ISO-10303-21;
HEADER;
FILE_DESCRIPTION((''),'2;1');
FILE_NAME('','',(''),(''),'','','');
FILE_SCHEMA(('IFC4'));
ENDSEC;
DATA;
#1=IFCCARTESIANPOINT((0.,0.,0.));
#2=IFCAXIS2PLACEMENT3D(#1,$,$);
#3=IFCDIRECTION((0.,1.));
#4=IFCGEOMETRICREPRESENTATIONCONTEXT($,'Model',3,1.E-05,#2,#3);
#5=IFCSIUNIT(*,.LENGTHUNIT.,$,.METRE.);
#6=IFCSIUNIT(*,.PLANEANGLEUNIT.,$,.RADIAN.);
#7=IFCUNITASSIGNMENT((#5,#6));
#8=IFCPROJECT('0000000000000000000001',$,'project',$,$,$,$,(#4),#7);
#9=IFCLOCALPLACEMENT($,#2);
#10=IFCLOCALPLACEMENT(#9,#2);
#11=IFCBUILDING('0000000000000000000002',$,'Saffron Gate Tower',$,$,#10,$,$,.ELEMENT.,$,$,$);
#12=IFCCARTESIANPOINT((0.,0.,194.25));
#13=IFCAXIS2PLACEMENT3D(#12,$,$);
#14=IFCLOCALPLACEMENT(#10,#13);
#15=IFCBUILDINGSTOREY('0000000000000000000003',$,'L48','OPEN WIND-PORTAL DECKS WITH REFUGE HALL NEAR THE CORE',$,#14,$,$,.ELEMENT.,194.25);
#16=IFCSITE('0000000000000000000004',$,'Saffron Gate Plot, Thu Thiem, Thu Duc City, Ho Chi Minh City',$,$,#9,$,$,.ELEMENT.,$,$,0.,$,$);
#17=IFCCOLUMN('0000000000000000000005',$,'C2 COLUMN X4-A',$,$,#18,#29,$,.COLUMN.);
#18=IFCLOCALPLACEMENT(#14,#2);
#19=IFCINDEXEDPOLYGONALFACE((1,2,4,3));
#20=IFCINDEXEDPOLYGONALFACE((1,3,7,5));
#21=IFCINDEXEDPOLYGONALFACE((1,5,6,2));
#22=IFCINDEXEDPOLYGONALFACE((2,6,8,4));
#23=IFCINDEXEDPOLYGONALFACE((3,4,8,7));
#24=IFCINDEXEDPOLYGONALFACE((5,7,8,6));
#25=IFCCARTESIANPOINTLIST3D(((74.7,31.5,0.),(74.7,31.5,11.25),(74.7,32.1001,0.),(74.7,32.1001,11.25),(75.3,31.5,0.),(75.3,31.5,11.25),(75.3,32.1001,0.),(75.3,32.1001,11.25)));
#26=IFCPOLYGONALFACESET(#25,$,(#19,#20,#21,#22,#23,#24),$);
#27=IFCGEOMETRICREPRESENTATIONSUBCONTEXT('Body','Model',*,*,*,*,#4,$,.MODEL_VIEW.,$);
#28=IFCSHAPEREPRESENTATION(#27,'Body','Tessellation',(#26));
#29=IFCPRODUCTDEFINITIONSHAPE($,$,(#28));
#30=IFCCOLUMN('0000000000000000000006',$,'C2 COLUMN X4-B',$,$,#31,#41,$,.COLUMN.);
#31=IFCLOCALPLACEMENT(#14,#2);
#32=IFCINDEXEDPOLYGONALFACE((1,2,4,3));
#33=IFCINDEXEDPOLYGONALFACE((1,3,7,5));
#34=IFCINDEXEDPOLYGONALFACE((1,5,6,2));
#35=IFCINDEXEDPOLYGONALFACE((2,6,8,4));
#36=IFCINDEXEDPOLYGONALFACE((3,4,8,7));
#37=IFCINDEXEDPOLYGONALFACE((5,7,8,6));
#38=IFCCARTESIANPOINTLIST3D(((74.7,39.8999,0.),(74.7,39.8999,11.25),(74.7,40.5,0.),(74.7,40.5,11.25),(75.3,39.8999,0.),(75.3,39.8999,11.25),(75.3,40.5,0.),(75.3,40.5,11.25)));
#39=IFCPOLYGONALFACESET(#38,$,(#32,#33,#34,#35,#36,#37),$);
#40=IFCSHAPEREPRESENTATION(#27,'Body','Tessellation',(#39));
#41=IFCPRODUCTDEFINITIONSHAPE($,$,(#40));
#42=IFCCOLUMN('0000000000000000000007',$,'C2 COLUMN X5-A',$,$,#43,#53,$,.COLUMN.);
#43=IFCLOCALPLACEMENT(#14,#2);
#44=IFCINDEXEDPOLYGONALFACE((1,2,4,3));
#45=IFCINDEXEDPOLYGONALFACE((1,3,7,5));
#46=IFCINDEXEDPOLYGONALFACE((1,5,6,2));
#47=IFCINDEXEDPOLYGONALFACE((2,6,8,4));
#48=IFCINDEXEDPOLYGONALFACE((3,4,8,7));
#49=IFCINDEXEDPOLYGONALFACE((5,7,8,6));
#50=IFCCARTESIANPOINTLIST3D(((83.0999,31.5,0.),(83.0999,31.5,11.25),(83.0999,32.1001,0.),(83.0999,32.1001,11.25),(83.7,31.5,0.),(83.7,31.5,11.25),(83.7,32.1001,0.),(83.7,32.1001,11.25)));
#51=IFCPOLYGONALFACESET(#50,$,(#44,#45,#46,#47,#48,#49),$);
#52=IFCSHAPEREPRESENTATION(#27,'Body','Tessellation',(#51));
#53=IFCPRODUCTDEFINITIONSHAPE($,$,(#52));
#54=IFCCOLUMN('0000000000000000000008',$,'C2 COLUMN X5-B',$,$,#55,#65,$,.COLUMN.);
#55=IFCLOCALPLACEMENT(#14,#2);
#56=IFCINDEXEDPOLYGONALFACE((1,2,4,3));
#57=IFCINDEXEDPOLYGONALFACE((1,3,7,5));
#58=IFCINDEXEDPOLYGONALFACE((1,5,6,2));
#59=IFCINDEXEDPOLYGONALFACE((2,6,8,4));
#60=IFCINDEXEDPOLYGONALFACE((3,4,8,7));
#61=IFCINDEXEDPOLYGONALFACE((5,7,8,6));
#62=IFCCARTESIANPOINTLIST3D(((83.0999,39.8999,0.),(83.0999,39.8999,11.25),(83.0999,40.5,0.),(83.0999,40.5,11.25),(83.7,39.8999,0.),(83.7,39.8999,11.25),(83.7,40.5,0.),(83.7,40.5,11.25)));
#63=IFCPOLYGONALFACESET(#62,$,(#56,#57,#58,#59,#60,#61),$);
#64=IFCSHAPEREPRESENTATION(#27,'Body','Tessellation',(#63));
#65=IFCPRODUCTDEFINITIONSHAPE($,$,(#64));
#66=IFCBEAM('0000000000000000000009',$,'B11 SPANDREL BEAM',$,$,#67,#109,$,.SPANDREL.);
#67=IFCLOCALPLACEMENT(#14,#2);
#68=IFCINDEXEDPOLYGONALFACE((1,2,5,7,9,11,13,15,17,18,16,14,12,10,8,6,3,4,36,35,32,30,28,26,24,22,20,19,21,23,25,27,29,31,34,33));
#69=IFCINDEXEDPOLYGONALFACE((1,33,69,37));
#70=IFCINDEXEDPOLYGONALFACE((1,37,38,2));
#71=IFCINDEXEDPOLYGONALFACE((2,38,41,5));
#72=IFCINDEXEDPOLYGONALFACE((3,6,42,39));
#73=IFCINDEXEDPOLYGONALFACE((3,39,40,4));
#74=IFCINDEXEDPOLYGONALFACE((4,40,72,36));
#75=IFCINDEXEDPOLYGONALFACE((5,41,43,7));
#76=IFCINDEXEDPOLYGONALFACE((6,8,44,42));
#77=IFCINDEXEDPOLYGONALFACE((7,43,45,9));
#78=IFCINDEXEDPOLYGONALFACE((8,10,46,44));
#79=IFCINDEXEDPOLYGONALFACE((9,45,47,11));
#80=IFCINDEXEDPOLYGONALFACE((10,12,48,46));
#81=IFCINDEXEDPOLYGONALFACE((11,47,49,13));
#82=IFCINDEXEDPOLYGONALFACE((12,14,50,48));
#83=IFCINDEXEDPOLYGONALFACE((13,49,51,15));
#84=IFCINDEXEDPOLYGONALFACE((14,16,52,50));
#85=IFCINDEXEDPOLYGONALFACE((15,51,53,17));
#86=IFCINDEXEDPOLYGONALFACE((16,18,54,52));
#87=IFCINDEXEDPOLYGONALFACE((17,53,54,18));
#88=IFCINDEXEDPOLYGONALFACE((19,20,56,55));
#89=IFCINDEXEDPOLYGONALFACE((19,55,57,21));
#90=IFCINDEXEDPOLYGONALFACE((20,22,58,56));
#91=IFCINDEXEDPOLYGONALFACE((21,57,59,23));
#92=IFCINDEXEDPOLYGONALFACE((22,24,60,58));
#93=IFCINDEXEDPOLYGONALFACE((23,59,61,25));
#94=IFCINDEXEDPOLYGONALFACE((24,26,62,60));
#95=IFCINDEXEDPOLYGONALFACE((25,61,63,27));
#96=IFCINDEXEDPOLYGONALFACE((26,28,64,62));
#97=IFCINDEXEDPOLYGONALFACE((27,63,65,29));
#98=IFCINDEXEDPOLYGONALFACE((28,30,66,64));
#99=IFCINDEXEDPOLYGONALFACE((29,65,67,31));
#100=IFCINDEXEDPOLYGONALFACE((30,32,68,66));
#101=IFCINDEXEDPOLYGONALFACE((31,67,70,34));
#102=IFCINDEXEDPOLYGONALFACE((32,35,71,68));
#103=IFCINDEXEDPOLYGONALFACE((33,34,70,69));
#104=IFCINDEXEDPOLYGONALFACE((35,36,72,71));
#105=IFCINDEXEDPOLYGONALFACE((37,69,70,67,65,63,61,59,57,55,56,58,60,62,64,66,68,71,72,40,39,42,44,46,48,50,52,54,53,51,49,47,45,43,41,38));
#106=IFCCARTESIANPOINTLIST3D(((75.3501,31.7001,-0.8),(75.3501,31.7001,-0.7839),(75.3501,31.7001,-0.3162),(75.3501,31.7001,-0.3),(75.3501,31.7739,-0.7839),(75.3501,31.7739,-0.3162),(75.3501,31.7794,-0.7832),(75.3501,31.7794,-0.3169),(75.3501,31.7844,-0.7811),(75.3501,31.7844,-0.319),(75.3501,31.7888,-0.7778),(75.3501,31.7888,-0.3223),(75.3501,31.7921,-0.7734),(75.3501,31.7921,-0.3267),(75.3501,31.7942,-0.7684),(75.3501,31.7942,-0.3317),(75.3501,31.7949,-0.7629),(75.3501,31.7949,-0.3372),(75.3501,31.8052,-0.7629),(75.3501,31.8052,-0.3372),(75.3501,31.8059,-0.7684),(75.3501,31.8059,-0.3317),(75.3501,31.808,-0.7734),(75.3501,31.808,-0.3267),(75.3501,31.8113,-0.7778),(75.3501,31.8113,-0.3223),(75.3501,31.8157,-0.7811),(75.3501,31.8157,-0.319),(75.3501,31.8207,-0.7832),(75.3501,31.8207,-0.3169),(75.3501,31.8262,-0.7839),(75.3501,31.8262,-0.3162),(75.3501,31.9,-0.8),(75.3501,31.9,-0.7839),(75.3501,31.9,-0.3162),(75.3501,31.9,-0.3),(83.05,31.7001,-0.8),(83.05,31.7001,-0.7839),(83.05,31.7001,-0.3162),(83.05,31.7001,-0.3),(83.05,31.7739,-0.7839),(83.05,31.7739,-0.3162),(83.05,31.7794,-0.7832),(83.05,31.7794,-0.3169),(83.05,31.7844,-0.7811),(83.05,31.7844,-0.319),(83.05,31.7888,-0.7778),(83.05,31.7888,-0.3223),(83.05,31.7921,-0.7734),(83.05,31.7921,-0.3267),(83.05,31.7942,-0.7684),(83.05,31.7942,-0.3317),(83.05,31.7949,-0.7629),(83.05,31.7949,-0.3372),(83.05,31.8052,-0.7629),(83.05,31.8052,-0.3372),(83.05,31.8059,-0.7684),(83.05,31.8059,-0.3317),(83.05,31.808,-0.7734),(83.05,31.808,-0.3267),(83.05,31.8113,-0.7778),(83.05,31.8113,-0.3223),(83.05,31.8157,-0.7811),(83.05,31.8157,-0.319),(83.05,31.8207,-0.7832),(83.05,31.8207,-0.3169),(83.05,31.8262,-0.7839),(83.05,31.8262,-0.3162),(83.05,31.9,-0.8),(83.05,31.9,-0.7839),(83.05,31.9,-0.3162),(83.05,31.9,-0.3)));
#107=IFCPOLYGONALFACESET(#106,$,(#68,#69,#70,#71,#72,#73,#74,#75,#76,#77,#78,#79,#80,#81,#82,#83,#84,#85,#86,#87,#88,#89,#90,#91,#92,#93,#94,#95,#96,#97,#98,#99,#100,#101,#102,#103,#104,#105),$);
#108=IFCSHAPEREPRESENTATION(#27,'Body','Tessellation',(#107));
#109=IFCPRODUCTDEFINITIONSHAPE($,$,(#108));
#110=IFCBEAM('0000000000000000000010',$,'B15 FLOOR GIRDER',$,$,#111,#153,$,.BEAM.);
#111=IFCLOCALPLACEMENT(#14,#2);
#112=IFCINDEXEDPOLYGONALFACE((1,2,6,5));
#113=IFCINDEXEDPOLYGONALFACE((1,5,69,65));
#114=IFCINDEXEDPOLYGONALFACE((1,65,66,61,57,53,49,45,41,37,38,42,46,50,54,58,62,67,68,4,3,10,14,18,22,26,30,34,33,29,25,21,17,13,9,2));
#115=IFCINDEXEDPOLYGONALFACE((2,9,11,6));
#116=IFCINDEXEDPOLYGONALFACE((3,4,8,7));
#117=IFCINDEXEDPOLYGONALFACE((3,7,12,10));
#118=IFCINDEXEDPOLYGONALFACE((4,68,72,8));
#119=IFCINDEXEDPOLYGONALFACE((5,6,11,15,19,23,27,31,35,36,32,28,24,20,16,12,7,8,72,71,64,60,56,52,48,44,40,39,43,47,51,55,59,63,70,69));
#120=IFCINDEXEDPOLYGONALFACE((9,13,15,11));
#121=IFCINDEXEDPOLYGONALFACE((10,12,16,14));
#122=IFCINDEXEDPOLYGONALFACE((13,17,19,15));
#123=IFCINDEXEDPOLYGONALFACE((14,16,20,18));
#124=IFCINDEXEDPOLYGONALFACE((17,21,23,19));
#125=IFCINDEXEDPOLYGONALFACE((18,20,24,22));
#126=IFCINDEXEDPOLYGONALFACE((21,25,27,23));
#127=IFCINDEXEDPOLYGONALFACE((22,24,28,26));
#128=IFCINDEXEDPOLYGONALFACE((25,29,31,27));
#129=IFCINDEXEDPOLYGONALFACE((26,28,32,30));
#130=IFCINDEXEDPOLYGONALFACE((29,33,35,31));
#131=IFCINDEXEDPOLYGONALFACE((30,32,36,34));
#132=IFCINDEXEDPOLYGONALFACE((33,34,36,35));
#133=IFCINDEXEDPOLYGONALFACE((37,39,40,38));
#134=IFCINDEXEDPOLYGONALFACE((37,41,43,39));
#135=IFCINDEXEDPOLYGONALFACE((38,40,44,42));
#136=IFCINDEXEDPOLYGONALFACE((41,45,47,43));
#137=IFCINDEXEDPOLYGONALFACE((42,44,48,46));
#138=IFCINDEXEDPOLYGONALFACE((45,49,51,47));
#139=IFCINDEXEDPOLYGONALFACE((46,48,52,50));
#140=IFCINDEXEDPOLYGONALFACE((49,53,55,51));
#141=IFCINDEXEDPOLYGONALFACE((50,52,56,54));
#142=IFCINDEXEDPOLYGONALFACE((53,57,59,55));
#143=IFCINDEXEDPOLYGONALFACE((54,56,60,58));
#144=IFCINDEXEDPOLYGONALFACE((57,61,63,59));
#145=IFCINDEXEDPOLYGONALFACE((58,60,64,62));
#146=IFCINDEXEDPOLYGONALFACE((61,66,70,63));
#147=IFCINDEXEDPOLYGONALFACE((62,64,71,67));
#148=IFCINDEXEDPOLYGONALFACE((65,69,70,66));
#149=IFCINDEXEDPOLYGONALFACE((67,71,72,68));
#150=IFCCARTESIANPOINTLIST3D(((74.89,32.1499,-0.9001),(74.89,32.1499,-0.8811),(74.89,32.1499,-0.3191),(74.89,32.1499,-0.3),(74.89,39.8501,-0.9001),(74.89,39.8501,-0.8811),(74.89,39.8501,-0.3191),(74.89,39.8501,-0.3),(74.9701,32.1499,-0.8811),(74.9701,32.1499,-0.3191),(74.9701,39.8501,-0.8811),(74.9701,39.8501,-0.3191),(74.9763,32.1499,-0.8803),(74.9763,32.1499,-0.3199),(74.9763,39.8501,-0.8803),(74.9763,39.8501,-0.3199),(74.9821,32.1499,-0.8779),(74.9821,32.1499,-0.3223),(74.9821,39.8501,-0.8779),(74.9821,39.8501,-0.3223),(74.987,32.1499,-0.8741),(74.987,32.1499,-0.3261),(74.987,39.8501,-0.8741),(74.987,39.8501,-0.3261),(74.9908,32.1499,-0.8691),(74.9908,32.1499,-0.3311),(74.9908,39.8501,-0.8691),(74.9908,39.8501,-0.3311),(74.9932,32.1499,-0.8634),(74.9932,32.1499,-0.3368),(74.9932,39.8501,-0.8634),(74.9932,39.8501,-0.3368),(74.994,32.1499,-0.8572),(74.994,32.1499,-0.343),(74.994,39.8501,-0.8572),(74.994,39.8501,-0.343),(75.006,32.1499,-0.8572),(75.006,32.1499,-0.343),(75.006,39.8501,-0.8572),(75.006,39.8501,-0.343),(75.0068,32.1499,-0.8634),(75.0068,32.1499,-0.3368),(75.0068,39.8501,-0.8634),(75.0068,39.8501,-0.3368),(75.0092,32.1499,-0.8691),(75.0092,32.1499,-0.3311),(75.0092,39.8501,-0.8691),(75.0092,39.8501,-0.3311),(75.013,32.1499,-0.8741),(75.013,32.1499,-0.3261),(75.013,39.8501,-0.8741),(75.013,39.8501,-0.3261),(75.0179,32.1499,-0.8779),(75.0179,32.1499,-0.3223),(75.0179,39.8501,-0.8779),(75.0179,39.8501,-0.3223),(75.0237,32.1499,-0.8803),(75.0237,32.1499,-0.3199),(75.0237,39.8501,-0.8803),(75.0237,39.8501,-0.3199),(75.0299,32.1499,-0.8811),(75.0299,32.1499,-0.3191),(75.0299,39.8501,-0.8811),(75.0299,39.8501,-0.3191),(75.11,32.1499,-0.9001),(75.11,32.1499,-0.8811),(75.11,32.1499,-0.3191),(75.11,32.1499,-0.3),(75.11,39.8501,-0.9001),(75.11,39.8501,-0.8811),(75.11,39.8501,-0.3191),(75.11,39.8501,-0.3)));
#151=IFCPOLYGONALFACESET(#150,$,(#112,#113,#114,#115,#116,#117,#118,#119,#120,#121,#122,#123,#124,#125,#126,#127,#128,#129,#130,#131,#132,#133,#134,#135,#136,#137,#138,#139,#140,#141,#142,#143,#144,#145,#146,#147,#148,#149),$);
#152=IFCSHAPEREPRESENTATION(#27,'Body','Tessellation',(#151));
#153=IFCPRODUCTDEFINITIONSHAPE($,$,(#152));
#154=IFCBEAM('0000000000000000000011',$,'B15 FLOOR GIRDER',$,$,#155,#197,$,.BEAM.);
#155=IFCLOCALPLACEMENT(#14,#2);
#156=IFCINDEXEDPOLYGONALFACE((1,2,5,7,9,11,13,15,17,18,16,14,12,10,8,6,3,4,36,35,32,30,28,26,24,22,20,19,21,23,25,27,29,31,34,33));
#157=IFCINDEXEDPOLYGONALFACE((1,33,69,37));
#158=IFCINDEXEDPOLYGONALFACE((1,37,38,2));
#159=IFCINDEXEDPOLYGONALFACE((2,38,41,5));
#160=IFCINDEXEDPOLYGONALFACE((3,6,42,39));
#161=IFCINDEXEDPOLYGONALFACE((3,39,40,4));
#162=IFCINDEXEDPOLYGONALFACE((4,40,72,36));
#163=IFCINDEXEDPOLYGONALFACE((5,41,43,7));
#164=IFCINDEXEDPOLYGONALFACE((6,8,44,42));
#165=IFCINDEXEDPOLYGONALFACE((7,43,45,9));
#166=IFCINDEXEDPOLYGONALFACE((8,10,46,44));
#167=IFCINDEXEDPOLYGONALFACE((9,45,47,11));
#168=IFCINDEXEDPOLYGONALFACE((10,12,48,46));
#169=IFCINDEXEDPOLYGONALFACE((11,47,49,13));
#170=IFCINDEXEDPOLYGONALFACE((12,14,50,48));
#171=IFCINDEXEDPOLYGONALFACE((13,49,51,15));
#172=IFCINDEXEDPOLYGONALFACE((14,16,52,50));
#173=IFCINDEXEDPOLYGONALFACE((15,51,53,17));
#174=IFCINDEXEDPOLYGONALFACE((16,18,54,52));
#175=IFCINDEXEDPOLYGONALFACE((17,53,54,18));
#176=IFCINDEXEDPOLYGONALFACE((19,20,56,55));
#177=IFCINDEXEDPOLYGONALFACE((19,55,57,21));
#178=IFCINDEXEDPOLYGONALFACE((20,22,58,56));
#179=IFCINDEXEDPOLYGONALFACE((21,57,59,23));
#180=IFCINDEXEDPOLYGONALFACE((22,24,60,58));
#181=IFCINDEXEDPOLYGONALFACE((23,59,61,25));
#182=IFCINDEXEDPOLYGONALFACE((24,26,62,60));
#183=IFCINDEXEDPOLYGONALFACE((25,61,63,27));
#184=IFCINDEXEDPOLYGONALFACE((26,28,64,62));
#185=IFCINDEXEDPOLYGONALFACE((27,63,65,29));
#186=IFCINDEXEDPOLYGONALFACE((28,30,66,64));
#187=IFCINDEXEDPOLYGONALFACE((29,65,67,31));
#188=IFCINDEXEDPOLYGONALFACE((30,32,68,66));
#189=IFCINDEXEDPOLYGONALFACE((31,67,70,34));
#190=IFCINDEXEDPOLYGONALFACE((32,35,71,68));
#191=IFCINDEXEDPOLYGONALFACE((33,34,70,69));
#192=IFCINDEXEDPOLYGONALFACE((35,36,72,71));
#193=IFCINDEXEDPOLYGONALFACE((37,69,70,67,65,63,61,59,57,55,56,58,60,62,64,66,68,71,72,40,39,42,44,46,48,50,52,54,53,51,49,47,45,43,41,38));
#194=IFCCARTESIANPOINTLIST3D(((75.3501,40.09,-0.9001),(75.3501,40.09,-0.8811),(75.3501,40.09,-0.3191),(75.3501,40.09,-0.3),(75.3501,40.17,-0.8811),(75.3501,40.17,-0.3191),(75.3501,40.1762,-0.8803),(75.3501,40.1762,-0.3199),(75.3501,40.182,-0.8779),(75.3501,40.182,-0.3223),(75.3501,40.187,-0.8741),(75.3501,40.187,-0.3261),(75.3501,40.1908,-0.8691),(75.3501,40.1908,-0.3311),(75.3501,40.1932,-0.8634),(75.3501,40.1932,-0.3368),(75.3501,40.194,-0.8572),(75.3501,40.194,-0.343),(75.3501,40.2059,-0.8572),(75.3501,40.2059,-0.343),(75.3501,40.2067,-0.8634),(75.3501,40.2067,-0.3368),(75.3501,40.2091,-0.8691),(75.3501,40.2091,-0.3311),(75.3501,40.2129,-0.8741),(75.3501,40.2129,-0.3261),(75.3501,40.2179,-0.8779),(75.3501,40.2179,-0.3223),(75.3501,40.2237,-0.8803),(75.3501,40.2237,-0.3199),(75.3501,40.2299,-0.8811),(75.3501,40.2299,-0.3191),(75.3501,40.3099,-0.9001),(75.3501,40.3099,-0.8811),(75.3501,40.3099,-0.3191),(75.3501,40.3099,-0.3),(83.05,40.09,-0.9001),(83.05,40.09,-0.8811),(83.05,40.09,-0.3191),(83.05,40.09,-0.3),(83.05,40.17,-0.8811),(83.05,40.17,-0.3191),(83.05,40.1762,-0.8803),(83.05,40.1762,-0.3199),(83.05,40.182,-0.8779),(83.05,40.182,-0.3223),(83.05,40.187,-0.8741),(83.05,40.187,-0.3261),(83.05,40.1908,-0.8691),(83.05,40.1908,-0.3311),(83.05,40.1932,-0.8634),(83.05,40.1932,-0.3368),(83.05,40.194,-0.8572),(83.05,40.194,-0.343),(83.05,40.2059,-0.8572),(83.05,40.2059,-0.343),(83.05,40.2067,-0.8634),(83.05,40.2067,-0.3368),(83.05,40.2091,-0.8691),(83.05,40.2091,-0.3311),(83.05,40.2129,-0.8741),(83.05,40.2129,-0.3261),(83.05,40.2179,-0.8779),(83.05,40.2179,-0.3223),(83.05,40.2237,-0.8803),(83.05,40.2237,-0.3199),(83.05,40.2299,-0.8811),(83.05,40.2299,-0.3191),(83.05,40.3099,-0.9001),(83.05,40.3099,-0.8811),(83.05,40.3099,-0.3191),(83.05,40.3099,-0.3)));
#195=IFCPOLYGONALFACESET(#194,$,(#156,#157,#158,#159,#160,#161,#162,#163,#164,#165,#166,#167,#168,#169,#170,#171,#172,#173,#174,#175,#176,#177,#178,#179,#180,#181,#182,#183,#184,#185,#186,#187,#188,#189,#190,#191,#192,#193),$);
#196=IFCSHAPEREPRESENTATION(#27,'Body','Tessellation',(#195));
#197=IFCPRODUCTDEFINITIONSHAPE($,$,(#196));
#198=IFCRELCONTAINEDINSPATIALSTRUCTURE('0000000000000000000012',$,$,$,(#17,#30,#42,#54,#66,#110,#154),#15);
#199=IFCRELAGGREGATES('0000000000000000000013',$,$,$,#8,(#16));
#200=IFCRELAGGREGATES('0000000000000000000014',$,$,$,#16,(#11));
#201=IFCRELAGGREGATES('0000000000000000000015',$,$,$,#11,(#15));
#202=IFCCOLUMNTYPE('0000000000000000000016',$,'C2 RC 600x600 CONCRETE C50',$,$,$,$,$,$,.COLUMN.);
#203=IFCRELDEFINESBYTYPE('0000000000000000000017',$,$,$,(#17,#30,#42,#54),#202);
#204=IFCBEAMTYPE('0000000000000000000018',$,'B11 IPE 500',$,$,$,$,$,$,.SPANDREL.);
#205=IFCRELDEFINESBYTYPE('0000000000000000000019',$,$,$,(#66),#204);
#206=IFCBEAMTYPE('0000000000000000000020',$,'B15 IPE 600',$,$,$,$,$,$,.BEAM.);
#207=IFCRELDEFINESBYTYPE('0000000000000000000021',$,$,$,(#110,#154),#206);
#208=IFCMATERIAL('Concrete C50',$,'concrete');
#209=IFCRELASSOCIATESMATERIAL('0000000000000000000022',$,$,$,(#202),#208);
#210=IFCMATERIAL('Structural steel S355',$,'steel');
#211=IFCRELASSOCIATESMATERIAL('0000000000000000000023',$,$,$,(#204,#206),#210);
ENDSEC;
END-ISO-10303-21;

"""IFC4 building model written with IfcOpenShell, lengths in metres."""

from ifc_helpers import new_model, si_unit, direction, frame, origin, origin_2d, place, context, subcontext, project, spatial, rectangle, i_section, extrude, material, material_profile, profile_set, type_object, element, save


model = new_model("IFC4")

# Units and contexts
model_context = context("Model", 3, precision=1e-05, world=origin(), true_north=direction((0.0, 1.0)))
body_context = subcontext(model_context, "Body", "Model", "MODEL_VIEW")
ifc_project = project(units=[si_unit("LENGTHUNIT", "METRE"), si_unit("PLANEANGLEUNIT", "RADIAN")], contexts=[model_context])

# Site, building, storey
site_placement = place(None, origin())
site = spatial("IfcSite", under=ifc_project, at=site_placement, Name="Saffron Gate Plot, Thu Thiem, Thu Duc City, Ho Chi Minh City", CompositionType="ELEMENT", RefElevation=0.0)
building_placement = place(site_placement, origin())
building = spatial("IfcBuilding", under=site, at=building_placement, Name="Saffron Gate Tower", CompositionType="ELEMENT")
storey_placement = place(building_placement, frame((0.0, 0.0, 194.25)))
storey = spatial("IfcBuildingStorey", under=building, at=storey_placement, Name="L48", Description="OPEN WIND-PORTAL DECKS WITH REFUGE HALL NEAR THE CORE", CompositionType="ELEMENT", Elevation=194.25)

# Columns
ifc_material_1 = material(Name="Concrete C50", Category="concrete")
ifc_material_profile_1 = material_profile(ifc_material_1, rectangle(XDim=0.6001, YDim=0.6001, at=origin_2d()))
ifc_profile_set_1 = profile_set([ifc_material_profile_1], Name="Concrete C50")
column_type = type_object("IfcColumnType", Name="C2 RC 600x600 CONCRETE C50", PredefinedType="COLUMN", material=ifc_profile_set_1)
for number, where, z_axis, x_axis, name in (
    (1, (75.0, 31.8, 0.0), (0.0, 0.0, 1.0), (1.0, 0.0, 0.0), "C2 COLUMN X4-A"),
    (2, (75.0, 40.2, 0.0), (0.0, 0.0, 1.0), (1.0, 0.0, 0.0), "C2 COLUMN X4-B"),
    (3, (83.3999, 31.8, 0.0), (0.0, 0.0, 1.0), (1.0, 0.0, 0.0), "C2 COLUMN X5-A"),
    (4, (83.3999, 40.2, 0.0), (0.0, 0.0, 1.0), (1.0, 0.0, 0.0), "C2 COLUMN X5-B"),
):
    element("IfcColumn", number, at=place(storey_placement, frame(where, z_axis=z_axis, x_axis=x_axis)), inside=storey, type_object=column_type, Name=name, PredefinedType="COLUMN", context=body_context, shape_type="SweptSolid", body=[
        extrude(rectangle(XDim=0.6001, YDim=0.6001, at=origin_2d()), origin(), (0.0, 0.0, 1.0), 11.25),
    ])

# Beams
ifc_material_2 = material(Name="Structural steel S355", Category="steel")
ifc_material_profile_2 = material_profile(ifc_material_2, i_section(OverallWidth=0.2, OverallDepth=0.5, WebThickness=0.0103, FlangeThickness=0.0161, FilletRadius=0.021, at=origin_2d()))
ifc_profile_set_2 = profile_set([ifc_material_profile_2], Name="Structural steel S355")
beam_type_1 = type_object("IfcBeamType", Name="B11 IPE 500", PredefinedType="SPANDREL", material=ifc_profile_set_2)
beam_1_placement = place(storey_placement, frame((75.3501, 31.8, -0.55), z_axis=(1.0, 0.0, 0.0), x_axis=(0.0, 1.0, 0.0)))
element("IfcBeam", 5, at=beam_1_placement, inside=storey, type_object=beam_type_1, Name="B11 SPANDREL BEAM", PredefinedType="SPANDREL", context=body_context, shape_type="SweptSolid", body=[
    extrude(i_section(OverallWidth=0.2, OverallDepth=0.5, WebThickness=0.0103, FlangeThickness=0.0161, FilletRadius=0.021, at=origin_2d()), origin(), (0.0, 0.0, 1.0), 7.7),
])
ifc_material_profile_3 = material_profile(ifc_material_2, i_section(OverallWidth=0.22, OverallDepth=0.6001, WebThickness=0.012, FlangeThickness=0.019, FilletRadius=0.0239, at=origin_2d()))
ifc_profile_set_3 = profile_set([ifc_material_profile_3], Name="Structural steel S355")
beam_type_2 = type_object("IfcBeamType", Name="B15 IPE 600", PredefinedType="BEAM", material=ifc_profile_set_3)
beam_2_placement = place(storey_placement, frame((75.0, 32.1499, -0.6001), z_axis=(0.0, 1.0, 0.0), x_axis=(-1.0, 0.0, 0.0)))
element("IfcBeam", 6, at=beam_2_placement, inside=storey, type_object=beam_type_2, Name="B15 FLOOR GIRDER", PredefinedType="BEAM", context=body_context, shape_type="SweptSolid", body=[
    extrude(i_section(OverallWidth=0.22, OverallDepth=0.6001, WebThickness=0.012, FlangeThickness=0.019, FilletRadius=0.0239, at=origin_2d()), origin(), (0.0, 0.0, 1.0), 7.7002),
])
beam_3_placement = place(storey_placement, frame((75.3501, 40.2, -0.6001), z_axis=(1.0, 0.0, 0.0), x_axis=(0.0, 1.0, 0.0)))
element("IfcBeam", 7, at=beam_3_placement, inside=storey, type_object=beam_type_2, Name="B15 FLOOR GIRDER", PredefinedType="BEAM", context=body_context, shape_type="SweptSolid", body=[
    extrude(i_section(OverallWidth=0.22, OverallDepth=0.6001, WebThickness=0.012, FlangeThickness=0.019, FilletRadius=0.0239, at=origin_2d()), origin(), (0.0, 0.0, 1.0), 7.7),
])

save(model, "model.ifc")
